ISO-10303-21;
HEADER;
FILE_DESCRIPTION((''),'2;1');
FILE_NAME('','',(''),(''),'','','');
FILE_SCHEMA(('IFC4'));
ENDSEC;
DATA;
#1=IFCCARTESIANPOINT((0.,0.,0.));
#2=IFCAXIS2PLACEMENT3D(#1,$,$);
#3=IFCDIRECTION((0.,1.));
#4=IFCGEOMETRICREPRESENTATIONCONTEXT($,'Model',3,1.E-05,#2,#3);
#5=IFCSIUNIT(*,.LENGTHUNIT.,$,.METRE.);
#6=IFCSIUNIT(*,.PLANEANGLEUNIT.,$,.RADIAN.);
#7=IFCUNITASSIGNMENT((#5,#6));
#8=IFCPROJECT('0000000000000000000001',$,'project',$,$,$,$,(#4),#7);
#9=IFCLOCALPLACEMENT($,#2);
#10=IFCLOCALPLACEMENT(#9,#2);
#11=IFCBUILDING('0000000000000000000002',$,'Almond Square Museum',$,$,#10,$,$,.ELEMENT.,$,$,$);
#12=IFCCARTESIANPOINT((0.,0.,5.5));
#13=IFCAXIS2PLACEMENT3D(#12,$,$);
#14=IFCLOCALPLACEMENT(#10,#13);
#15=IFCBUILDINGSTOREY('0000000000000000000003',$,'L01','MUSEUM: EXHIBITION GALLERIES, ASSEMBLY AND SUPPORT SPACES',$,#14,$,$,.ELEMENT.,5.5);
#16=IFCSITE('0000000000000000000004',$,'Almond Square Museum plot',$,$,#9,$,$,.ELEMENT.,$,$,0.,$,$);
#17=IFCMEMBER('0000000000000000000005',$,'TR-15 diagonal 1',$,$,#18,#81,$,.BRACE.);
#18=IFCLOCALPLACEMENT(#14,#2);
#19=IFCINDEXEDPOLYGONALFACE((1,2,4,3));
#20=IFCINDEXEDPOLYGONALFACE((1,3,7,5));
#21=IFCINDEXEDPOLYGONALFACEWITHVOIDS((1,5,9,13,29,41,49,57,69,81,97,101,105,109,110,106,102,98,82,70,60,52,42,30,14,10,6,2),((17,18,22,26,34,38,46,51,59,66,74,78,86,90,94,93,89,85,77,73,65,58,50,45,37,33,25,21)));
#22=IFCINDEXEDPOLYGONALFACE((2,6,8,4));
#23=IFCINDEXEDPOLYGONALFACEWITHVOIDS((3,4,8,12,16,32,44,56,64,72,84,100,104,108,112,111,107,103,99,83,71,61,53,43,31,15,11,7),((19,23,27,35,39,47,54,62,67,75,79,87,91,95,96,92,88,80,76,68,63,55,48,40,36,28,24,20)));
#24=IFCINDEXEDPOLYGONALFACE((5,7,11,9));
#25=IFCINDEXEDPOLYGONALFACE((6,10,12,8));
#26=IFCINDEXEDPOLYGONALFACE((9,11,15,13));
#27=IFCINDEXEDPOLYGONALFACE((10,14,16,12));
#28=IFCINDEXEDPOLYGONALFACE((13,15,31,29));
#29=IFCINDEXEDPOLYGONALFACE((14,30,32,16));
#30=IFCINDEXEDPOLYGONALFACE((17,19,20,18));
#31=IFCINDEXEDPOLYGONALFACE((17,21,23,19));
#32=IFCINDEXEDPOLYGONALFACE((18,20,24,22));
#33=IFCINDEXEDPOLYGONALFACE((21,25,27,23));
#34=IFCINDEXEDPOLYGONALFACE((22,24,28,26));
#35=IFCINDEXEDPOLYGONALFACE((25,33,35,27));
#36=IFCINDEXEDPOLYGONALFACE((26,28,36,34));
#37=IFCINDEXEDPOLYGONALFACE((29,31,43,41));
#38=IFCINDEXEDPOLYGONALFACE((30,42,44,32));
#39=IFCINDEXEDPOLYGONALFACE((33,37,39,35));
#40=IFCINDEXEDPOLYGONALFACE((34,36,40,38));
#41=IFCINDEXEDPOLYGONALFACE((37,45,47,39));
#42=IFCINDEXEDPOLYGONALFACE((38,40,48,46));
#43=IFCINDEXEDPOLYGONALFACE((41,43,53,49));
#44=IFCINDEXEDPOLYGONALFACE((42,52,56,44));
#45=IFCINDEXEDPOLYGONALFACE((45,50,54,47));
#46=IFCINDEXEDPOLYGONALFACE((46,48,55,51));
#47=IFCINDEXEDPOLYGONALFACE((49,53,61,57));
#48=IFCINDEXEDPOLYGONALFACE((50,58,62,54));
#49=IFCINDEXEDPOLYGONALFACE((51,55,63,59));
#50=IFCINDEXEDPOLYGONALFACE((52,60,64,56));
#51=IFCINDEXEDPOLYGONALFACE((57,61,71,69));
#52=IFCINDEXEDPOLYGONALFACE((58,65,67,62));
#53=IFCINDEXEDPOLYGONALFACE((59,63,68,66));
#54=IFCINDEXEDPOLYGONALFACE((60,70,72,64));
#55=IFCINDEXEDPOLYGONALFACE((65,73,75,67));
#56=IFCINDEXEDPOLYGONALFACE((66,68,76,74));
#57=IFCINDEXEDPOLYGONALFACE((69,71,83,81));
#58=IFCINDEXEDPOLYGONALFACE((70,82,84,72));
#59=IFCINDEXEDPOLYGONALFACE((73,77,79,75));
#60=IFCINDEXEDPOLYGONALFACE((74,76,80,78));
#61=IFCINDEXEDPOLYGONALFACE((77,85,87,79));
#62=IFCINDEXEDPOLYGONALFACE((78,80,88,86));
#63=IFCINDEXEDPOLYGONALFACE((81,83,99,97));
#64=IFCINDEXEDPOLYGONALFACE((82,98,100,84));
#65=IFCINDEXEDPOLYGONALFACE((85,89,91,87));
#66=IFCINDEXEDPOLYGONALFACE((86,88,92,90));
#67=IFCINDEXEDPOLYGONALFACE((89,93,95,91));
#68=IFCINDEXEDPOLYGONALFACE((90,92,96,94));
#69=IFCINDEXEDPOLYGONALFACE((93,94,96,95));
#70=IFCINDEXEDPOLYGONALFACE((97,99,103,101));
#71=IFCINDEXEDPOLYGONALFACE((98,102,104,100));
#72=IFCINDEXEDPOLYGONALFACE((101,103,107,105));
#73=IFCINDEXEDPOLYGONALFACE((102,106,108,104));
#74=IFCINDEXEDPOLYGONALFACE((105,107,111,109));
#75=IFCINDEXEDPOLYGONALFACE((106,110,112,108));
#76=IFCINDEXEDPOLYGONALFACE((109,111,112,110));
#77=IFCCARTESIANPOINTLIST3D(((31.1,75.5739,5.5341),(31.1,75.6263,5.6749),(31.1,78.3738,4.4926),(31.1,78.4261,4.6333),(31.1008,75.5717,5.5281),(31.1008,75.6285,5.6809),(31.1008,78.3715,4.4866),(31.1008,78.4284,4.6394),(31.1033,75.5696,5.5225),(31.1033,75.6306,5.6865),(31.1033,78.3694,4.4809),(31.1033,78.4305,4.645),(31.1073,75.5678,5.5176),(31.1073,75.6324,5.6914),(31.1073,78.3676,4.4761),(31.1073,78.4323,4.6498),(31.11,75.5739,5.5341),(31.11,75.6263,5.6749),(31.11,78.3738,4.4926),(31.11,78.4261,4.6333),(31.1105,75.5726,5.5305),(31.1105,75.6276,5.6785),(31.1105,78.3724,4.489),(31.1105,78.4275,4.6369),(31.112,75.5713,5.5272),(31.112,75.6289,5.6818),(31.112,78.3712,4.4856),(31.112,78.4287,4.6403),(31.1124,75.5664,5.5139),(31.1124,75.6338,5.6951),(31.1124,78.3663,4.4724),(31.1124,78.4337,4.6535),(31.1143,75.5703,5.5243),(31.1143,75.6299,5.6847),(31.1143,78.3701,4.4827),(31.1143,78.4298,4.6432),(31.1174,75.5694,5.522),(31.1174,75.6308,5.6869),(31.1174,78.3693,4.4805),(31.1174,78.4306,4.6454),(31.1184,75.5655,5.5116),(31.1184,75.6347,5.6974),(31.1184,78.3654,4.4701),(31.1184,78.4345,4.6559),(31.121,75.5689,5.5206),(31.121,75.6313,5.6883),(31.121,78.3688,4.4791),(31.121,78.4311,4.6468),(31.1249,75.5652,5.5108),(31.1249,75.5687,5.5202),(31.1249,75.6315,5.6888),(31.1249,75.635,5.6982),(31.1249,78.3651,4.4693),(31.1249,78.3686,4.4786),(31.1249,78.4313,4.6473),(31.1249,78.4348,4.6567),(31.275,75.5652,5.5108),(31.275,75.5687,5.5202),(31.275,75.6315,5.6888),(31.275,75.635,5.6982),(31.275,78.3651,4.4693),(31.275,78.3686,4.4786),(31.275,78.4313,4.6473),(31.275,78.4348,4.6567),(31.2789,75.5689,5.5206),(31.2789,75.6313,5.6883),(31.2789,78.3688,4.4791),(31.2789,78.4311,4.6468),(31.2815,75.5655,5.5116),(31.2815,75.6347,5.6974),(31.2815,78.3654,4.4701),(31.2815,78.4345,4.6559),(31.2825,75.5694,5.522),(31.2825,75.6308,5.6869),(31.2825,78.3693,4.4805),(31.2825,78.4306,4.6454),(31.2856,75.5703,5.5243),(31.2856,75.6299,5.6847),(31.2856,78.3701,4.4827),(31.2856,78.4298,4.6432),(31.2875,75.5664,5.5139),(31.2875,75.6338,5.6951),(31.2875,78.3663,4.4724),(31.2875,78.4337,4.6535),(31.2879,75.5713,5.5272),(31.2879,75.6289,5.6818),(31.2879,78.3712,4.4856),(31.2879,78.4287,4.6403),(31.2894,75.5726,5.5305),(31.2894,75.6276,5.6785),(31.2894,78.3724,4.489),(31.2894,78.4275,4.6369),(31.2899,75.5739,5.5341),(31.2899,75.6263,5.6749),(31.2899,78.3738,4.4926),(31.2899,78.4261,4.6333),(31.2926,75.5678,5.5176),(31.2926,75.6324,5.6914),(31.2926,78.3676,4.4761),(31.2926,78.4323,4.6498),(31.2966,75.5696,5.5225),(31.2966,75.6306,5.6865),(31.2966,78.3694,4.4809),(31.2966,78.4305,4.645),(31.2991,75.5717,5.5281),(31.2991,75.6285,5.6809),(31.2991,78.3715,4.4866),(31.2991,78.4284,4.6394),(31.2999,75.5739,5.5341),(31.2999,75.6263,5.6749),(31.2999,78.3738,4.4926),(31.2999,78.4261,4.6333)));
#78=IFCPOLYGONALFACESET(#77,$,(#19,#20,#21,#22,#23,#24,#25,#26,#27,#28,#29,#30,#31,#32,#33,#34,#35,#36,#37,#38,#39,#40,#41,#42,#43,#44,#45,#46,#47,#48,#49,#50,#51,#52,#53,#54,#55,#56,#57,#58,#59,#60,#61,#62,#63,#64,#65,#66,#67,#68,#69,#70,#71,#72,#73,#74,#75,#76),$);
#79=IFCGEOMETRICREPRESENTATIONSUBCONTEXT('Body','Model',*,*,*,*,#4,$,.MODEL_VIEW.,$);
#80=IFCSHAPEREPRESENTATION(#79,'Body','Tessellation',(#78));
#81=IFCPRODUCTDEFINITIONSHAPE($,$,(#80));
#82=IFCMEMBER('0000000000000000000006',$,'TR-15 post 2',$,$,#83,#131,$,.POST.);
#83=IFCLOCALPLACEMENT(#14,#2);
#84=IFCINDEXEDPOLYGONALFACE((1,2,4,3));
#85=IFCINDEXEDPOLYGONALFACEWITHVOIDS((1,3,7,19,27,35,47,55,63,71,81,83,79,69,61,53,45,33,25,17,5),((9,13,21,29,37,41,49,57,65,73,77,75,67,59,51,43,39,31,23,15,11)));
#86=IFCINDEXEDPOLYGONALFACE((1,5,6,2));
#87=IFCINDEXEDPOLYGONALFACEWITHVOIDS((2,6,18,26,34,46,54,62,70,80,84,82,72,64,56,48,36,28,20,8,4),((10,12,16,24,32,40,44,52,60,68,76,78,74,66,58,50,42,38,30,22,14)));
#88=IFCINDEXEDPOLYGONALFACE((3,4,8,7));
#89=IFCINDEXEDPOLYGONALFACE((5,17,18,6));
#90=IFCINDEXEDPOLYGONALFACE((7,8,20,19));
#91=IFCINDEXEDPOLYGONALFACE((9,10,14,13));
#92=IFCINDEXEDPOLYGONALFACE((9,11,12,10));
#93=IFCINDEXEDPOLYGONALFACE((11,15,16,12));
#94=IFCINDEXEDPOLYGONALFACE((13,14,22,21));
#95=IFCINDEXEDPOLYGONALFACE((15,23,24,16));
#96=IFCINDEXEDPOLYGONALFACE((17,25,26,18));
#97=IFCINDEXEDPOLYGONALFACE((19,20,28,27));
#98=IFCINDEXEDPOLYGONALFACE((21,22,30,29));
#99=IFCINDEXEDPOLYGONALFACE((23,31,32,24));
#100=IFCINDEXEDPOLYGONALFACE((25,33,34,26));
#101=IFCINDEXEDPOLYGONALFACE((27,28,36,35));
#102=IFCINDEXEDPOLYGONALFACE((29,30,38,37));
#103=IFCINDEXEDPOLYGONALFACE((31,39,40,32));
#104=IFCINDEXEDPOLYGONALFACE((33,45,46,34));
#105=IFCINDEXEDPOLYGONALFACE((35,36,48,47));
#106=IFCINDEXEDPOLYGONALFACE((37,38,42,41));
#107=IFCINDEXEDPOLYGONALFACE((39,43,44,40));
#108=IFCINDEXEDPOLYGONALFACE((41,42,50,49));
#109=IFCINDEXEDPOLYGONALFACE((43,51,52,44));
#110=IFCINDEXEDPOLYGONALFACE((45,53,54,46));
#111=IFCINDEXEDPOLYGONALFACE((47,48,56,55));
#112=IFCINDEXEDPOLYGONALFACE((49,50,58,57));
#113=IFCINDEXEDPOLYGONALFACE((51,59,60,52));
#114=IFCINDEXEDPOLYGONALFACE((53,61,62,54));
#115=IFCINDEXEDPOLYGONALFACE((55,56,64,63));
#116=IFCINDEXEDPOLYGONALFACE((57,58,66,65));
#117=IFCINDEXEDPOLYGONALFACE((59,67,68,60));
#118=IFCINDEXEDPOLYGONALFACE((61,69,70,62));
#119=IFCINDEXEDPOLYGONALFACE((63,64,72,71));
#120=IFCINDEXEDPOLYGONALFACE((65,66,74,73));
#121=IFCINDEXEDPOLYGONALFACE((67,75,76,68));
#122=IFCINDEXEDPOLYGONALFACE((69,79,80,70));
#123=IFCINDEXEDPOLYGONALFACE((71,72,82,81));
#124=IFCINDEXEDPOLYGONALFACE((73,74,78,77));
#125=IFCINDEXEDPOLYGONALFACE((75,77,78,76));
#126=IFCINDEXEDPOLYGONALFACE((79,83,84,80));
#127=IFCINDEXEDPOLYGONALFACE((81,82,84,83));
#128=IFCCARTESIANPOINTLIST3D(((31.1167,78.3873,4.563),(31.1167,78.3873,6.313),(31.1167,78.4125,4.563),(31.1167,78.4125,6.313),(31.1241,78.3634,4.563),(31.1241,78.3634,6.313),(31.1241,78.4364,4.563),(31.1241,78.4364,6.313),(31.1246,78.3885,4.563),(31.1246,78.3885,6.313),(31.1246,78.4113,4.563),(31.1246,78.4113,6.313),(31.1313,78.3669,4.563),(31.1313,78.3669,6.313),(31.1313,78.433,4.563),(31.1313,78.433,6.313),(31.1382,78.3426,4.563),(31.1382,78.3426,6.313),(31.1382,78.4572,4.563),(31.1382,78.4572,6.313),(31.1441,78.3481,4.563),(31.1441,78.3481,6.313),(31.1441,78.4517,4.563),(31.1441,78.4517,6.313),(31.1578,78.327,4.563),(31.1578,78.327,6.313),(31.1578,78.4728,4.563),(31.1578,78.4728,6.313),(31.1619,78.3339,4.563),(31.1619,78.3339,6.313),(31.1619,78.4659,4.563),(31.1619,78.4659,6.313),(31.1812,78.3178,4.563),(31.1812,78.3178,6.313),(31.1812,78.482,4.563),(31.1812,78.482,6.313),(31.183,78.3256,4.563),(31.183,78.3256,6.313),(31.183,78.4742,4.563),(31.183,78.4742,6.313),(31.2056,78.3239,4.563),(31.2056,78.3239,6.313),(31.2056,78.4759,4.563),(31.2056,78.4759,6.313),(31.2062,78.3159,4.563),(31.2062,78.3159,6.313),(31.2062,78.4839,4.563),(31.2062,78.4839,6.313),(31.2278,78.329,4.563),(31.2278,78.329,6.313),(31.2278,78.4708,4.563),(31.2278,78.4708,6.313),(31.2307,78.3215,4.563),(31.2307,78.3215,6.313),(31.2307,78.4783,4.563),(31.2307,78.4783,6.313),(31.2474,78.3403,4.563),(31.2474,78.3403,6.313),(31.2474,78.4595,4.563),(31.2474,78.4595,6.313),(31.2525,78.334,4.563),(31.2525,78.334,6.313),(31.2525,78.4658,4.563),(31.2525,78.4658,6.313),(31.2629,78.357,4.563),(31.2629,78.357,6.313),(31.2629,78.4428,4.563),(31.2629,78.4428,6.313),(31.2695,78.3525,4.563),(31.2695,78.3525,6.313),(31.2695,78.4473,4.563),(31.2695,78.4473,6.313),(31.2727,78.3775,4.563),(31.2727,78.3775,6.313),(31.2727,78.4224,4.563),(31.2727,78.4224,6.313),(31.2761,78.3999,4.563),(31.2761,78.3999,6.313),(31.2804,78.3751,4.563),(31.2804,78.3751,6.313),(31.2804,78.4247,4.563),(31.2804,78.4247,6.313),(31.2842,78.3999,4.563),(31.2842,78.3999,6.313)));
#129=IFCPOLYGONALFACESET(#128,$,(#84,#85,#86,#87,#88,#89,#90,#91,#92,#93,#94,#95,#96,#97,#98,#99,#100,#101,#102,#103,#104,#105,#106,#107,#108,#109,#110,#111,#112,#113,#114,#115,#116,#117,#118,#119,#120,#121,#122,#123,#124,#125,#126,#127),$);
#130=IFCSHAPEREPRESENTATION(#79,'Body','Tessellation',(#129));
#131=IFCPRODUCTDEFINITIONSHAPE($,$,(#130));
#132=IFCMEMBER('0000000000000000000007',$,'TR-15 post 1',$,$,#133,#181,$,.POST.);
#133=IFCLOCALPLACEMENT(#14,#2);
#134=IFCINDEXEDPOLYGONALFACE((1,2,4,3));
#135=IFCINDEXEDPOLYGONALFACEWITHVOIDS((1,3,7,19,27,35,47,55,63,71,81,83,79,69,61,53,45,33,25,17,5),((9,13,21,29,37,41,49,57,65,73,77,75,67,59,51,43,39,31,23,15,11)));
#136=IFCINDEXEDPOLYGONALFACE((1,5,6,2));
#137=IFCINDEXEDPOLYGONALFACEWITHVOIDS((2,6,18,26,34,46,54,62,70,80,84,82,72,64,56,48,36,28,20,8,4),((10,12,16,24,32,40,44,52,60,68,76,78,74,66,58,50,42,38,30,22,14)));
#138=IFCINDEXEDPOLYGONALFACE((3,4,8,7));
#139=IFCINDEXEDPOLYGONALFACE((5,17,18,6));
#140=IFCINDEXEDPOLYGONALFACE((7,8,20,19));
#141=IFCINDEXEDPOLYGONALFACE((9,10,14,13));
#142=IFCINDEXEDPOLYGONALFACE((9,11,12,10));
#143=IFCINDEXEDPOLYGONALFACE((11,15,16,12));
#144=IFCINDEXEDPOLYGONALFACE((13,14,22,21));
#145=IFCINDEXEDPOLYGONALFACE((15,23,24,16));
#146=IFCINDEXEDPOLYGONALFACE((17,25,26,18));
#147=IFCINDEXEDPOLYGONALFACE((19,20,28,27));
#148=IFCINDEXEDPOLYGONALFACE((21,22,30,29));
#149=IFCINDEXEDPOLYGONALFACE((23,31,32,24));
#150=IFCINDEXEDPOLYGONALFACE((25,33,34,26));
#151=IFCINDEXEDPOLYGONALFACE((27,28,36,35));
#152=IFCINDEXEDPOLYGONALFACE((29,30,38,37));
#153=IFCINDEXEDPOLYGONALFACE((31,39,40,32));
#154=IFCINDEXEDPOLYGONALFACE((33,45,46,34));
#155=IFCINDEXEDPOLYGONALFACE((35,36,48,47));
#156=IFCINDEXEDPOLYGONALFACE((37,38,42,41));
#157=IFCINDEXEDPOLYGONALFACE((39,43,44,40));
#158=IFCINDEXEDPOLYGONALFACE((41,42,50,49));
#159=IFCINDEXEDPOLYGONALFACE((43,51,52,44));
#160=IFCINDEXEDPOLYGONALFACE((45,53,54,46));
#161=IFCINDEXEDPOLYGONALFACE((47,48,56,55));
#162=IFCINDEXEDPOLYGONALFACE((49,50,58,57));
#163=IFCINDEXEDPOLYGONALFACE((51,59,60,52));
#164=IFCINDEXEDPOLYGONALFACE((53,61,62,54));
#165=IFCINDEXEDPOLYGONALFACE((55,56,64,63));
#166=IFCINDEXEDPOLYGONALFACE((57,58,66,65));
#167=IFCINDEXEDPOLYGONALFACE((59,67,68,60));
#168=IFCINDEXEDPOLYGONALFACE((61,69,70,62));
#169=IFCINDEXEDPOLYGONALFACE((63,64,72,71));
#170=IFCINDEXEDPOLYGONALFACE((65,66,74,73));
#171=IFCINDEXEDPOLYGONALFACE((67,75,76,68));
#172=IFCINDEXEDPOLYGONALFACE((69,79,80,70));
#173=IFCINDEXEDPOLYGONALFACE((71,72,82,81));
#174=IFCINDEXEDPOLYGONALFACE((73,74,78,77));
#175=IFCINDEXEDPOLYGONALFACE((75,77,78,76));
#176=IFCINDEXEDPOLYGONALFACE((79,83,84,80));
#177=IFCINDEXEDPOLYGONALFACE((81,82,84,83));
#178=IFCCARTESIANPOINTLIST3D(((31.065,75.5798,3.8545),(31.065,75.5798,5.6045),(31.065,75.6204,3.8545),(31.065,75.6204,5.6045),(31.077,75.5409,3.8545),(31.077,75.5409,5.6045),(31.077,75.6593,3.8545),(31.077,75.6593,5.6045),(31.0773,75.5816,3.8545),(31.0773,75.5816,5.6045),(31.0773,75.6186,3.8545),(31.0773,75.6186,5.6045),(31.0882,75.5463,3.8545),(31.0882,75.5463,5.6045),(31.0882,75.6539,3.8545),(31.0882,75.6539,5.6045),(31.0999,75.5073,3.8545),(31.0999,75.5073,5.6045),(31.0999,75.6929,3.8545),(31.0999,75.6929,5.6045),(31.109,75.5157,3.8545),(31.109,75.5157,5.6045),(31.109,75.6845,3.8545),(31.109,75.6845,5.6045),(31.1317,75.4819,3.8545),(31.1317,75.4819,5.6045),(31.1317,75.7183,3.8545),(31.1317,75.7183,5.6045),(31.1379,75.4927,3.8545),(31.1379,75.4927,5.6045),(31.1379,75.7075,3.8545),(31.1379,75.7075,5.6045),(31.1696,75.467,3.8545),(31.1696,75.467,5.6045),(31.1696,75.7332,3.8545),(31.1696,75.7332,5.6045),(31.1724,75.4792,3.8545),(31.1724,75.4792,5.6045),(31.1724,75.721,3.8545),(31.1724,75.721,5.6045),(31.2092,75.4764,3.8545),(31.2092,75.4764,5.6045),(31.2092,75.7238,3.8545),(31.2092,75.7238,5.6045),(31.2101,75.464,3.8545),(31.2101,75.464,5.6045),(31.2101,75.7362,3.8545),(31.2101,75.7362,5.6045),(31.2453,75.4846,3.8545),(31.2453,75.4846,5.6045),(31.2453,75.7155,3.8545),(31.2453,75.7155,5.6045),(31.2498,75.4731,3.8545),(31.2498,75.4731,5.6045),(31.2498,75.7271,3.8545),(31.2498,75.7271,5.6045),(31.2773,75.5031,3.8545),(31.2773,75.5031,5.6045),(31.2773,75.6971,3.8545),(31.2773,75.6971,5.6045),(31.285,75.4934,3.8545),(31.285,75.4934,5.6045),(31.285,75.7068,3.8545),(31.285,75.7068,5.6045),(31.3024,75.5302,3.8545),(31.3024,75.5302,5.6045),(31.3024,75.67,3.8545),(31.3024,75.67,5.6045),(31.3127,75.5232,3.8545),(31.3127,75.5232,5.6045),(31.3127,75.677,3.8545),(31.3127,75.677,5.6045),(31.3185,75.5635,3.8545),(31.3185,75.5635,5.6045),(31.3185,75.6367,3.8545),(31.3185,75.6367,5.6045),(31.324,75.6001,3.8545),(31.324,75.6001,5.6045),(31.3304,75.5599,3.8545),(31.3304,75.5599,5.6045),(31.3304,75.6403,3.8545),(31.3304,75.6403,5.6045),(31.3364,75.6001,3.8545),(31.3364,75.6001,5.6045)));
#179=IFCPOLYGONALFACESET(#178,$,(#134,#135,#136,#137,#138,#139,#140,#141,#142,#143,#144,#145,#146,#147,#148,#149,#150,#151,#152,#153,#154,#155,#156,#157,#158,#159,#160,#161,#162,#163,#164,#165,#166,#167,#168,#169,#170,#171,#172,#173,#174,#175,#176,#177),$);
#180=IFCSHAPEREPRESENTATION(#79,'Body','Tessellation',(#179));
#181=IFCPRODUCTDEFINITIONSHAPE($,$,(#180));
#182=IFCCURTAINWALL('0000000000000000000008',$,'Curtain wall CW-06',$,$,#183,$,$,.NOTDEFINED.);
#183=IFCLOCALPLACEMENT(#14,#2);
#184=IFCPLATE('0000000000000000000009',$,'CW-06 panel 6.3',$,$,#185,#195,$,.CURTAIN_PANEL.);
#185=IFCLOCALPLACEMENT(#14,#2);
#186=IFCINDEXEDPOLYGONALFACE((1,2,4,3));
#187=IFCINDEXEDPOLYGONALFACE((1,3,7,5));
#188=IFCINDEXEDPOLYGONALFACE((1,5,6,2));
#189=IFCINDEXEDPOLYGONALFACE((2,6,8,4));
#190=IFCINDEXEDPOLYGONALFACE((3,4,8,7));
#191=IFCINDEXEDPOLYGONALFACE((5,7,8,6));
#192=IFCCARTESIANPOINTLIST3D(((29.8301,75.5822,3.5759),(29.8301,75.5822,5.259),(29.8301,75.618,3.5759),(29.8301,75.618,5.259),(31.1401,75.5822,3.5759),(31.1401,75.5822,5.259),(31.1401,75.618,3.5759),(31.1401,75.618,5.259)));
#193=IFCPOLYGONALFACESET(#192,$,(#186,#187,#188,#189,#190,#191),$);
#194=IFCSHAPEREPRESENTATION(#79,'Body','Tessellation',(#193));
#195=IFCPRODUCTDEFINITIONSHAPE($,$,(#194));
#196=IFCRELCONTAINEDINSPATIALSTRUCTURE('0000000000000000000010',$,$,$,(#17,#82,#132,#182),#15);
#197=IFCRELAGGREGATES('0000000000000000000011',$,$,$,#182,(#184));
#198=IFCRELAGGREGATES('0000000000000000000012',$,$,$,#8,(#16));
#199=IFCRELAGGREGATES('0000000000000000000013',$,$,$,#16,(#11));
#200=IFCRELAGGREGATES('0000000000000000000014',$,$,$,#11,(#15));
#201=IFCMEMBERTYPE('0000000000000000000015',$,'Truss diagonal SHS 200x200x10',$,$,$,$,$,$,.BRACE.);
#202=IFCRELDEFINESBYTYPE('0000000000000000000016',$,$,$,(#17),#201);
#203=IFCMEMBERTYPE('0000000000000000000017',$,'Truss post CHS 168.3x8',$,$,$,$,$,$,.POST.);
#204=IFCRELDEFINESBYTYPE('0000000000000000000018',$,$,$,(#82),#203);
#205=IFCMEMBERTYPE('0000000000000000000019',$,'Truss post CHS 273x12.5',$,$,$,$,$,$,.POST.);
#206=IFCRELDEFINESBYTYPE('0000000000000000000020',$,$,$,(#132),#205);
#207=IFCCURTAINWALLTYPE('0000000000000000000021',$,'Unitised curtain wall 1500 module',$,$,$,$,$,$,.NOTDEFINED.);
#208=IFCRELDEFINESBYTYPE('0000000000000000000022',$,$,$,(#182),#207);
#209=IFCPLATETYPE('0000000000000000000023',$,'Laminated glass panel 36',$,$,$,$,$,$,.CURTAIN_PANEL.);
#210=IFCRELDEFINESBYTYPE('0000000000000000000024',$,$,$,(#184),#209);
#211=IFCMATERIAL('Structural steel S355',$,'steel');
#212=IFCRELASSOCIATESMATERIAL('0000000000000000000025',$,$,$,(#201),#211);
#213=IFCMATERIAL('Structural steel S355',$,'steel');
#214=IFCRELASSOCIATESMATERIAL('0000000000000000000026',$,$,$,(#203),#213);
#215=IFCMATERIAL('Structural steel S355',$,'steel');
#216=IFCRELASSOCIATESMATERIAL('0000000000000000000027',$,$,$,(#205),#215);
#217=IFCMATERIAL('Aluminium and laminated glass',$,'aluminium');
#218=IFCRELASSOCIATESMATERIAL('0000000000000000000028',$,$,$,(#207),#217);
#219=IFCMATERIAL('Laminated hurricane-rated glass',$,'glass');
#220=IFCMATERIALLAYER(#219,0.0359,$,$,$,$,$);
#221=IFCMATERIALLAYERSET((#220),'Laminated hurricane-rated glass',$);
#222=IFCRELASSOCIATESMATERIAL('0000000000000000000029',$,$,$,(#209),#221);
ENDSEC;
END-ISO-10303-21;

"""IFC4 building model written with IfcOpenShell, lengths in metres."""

from ifc_helpers import new_model, si_unit, direction, frame, origin, origin_2d, place, context, subcontext, project, spatial, rectangle, hollow_rectangle, hollow_circle, extrude, material, layer, layer_set, material_profile, profile_set, type_object, element, aggregate, save


model = new_model("IFC4")

# Units and contexts
model_context = context("Model", 3, precision=1e-05, world=origin(), true_north=direction((0.0, 1.0)))
body_context = subcontext(model_context, "Body", "Model", "MODEL_VIEW")
ifc_project = project(units=[si_unit("LENGTHUNIT", "METRE"), si_unit("PLANEANGLEUNIT", "RADIAN")], contexts=[model_context])

# Site, building, storey
site_placement = place(None, origin())
site = spatial("IfcSite", under=ifc_project, at=site_placement, Name="Almond Square Museum plot", CompositionType="ELEMENT", RefElevation=0.0)
building_placement = place(site_placement, origin())
building = spatial("IfcBuilding", under=site, at=building_placement, Name="Almond Square Museum", CompositionType="ELEMENT")
storey_placement = place(building_placement, frame((0.0, 0.0, 5.5)))
storey = spatial("IfcBuildingStorey", under=building, at=storey_placement, Name="L01", Description="MUSEUM: EXHIBITION GALLERIES, ASSEMBLY AND SUPPORT SPACES", CompositionType="ELEMENT", Elevation=5.5)

# Members
ifc_material_1 = material(Name="Structural steel S355", Category="steel")
ifc_material_profile_1 = material_profile(ifc_material_1, hollow_rectangle(XDim=0.2, YDim=0.2, WallThickness=0.01, InnerFilletRadius=0.0149, OuterFilletRadius=0.0249, at=origin_2d()))
ifc_profile_set_1 = profile_set([ifc_material_profile_1], Name="Structural steel S355")
member_type_1 = type_object("IfcMemberType", Name="Truss diagonal SHS 200x200x10", PredefinedType="BRACE", material=ifc_profile_set_1)
member_1_placement = place(storey_placement, frame((31.2, 75.6001, 5.6045), z_axis=(0.0, 0.937253, -0.34865), x_axis=(-1.0, 0.0, 0.0)))
element("IfcMember", 1, at=member_1_placement, inside=storey, type_object=member_type_1, Name="TR-15 diagonal 1", PredefinedType="BRACE", context=body_context, shape_type="SweptSolid", body=[
    extrude(hollow_rectangle(XDim=0.2, YDim=0.2, WallThickness=0.01, InnerFilletRadius=0.0149, OuterFilletRadius=0.0249, at=origin_2d()), origin(), (0.0, 0.0, 1.0), 2.9873),
])
ifc_material_2 = material(Name="Structural steel S355", Category="steel")
ifc_material_profile_2 = material_profile(ifc_material_2, hollow_circle(Radius=0.0842, WallThickness=0.0081, at=origin_2d()))
ifc_profile_set_2 = profile_set([ifc_material_profile_2], Name="Structural steel S355")
member_type_2 = type_object("IfcMemberType", Name="Truss post CHS 168.3x8", PredefinedType="POST", material=ifc_profile_set_2)
member_2_placement = place(storey_placement, frame((31.2, 78.3999, 4.563), z_axis=(0.0, 0.0, 1.0), x_axis=(1.0, 0.0, 0.0)))
element("IfcMember", 2, at=member_2_placement, inside=storey, type_object=member_type_2, Name="TR-15 post 2", PredefinedType="POST", context=body_context, shape_type="SweptSolid", body=[
    extrude(hollow_circle(Radius=0.0842, WallThickness=0.0081, at=origin_2d()), origin(), (0.0, 0.0, 1.0), 1.75),
])
ifc_material_3 = material(Name="Structural steel S355", Category="steel")
ifc_material_profile_3 = material_profile(ifc_material_3, hollow_circle(Radius=0.1365, WallThickness=0.0125, at=origin_2d()))
ifc_profile_set_3 = profile_set([ifc_material_profile_3], Name="Structural steel S355")
member_type_3 = type_object("IfcMemberType", Name="Truss post CHS 273x12.5", PredefinedType="POST", material=ifc_profile_set_3)
member_3_placement = place(storey_placement, frame((31.2, 75.6001, 3.8545), z_axis=(0.0, 0.0, 1.0), x_axis=(1.0, 0.0, 0.0)))
element("IfcMember", 3, at=member_3_placement, inside=storey, type_object=member_type_3, Name="TR-15 post 1", PredefinedType="POST", context=body_context, shape_type="SweptSolid", body=[
    extrude(hollow_circle(Radius=0.1365, WallThickness=0.0125, at=origin_2d()), origin(), (0.0, 0.0, 1.0), 1.75),
])

# Curtain wall, plate
ifc_material_4 = material(Name="Aluminium and laminated glass", Category="aluminium")
curtain_wall_type = type_object("IfcCurtainWallType", Name="Unitised curtain wall 1500 module", PredefinedType="NOTDEFINED", material=ifc_material_4)
curtain_wall_placement = place(storey_placement, origin())
curtain_wall = element("IfcCurtainWall", 4, at=curtain_wall_placement, inside=storey, type_object=curtain_wall_type, Name="Curtain wall CW-06", PredefinedType="NOTDEFINED")
ifc_material_5 = material(Name="Laminated hurricane-rated glass", Category="glass")
ifc_layer_1 = layer(ifc_material_5, 0.0359)
ifc_layer_set_1 = layer_set([ifc_layer_1], Name="Laminated hurricane-rated glass")
plate_type = type_object("IfcPlateType", Name="Laminated glass panel 36", PredefinedType="CURTAIN_PANEL", material=ifc_layer_set_1)
plate_placement = place(storey_placement, frame((30.4851, 75.6001, 3.5759), z_axis=(0.0, 0.0, 1.0), x_axis=(1.0, 0.0, 0.0)))
plate = element("IfcPlate", 5, at=plate_placement, type_object=plate_type, Name="CW-06 panel 6.3", PredefinedType="CURTAIN_PANEL", context=body_context, shape_type="SweptSolid", body=[
    extrude(rectangle(XDim=1.3101, YDim=0.0359, at=origin_2d()), origin(), (0.0, 0.0, 1.0), 1.6831),
])
aggregate(curtain_wall, [plate])

save(model, "model.ifc")
